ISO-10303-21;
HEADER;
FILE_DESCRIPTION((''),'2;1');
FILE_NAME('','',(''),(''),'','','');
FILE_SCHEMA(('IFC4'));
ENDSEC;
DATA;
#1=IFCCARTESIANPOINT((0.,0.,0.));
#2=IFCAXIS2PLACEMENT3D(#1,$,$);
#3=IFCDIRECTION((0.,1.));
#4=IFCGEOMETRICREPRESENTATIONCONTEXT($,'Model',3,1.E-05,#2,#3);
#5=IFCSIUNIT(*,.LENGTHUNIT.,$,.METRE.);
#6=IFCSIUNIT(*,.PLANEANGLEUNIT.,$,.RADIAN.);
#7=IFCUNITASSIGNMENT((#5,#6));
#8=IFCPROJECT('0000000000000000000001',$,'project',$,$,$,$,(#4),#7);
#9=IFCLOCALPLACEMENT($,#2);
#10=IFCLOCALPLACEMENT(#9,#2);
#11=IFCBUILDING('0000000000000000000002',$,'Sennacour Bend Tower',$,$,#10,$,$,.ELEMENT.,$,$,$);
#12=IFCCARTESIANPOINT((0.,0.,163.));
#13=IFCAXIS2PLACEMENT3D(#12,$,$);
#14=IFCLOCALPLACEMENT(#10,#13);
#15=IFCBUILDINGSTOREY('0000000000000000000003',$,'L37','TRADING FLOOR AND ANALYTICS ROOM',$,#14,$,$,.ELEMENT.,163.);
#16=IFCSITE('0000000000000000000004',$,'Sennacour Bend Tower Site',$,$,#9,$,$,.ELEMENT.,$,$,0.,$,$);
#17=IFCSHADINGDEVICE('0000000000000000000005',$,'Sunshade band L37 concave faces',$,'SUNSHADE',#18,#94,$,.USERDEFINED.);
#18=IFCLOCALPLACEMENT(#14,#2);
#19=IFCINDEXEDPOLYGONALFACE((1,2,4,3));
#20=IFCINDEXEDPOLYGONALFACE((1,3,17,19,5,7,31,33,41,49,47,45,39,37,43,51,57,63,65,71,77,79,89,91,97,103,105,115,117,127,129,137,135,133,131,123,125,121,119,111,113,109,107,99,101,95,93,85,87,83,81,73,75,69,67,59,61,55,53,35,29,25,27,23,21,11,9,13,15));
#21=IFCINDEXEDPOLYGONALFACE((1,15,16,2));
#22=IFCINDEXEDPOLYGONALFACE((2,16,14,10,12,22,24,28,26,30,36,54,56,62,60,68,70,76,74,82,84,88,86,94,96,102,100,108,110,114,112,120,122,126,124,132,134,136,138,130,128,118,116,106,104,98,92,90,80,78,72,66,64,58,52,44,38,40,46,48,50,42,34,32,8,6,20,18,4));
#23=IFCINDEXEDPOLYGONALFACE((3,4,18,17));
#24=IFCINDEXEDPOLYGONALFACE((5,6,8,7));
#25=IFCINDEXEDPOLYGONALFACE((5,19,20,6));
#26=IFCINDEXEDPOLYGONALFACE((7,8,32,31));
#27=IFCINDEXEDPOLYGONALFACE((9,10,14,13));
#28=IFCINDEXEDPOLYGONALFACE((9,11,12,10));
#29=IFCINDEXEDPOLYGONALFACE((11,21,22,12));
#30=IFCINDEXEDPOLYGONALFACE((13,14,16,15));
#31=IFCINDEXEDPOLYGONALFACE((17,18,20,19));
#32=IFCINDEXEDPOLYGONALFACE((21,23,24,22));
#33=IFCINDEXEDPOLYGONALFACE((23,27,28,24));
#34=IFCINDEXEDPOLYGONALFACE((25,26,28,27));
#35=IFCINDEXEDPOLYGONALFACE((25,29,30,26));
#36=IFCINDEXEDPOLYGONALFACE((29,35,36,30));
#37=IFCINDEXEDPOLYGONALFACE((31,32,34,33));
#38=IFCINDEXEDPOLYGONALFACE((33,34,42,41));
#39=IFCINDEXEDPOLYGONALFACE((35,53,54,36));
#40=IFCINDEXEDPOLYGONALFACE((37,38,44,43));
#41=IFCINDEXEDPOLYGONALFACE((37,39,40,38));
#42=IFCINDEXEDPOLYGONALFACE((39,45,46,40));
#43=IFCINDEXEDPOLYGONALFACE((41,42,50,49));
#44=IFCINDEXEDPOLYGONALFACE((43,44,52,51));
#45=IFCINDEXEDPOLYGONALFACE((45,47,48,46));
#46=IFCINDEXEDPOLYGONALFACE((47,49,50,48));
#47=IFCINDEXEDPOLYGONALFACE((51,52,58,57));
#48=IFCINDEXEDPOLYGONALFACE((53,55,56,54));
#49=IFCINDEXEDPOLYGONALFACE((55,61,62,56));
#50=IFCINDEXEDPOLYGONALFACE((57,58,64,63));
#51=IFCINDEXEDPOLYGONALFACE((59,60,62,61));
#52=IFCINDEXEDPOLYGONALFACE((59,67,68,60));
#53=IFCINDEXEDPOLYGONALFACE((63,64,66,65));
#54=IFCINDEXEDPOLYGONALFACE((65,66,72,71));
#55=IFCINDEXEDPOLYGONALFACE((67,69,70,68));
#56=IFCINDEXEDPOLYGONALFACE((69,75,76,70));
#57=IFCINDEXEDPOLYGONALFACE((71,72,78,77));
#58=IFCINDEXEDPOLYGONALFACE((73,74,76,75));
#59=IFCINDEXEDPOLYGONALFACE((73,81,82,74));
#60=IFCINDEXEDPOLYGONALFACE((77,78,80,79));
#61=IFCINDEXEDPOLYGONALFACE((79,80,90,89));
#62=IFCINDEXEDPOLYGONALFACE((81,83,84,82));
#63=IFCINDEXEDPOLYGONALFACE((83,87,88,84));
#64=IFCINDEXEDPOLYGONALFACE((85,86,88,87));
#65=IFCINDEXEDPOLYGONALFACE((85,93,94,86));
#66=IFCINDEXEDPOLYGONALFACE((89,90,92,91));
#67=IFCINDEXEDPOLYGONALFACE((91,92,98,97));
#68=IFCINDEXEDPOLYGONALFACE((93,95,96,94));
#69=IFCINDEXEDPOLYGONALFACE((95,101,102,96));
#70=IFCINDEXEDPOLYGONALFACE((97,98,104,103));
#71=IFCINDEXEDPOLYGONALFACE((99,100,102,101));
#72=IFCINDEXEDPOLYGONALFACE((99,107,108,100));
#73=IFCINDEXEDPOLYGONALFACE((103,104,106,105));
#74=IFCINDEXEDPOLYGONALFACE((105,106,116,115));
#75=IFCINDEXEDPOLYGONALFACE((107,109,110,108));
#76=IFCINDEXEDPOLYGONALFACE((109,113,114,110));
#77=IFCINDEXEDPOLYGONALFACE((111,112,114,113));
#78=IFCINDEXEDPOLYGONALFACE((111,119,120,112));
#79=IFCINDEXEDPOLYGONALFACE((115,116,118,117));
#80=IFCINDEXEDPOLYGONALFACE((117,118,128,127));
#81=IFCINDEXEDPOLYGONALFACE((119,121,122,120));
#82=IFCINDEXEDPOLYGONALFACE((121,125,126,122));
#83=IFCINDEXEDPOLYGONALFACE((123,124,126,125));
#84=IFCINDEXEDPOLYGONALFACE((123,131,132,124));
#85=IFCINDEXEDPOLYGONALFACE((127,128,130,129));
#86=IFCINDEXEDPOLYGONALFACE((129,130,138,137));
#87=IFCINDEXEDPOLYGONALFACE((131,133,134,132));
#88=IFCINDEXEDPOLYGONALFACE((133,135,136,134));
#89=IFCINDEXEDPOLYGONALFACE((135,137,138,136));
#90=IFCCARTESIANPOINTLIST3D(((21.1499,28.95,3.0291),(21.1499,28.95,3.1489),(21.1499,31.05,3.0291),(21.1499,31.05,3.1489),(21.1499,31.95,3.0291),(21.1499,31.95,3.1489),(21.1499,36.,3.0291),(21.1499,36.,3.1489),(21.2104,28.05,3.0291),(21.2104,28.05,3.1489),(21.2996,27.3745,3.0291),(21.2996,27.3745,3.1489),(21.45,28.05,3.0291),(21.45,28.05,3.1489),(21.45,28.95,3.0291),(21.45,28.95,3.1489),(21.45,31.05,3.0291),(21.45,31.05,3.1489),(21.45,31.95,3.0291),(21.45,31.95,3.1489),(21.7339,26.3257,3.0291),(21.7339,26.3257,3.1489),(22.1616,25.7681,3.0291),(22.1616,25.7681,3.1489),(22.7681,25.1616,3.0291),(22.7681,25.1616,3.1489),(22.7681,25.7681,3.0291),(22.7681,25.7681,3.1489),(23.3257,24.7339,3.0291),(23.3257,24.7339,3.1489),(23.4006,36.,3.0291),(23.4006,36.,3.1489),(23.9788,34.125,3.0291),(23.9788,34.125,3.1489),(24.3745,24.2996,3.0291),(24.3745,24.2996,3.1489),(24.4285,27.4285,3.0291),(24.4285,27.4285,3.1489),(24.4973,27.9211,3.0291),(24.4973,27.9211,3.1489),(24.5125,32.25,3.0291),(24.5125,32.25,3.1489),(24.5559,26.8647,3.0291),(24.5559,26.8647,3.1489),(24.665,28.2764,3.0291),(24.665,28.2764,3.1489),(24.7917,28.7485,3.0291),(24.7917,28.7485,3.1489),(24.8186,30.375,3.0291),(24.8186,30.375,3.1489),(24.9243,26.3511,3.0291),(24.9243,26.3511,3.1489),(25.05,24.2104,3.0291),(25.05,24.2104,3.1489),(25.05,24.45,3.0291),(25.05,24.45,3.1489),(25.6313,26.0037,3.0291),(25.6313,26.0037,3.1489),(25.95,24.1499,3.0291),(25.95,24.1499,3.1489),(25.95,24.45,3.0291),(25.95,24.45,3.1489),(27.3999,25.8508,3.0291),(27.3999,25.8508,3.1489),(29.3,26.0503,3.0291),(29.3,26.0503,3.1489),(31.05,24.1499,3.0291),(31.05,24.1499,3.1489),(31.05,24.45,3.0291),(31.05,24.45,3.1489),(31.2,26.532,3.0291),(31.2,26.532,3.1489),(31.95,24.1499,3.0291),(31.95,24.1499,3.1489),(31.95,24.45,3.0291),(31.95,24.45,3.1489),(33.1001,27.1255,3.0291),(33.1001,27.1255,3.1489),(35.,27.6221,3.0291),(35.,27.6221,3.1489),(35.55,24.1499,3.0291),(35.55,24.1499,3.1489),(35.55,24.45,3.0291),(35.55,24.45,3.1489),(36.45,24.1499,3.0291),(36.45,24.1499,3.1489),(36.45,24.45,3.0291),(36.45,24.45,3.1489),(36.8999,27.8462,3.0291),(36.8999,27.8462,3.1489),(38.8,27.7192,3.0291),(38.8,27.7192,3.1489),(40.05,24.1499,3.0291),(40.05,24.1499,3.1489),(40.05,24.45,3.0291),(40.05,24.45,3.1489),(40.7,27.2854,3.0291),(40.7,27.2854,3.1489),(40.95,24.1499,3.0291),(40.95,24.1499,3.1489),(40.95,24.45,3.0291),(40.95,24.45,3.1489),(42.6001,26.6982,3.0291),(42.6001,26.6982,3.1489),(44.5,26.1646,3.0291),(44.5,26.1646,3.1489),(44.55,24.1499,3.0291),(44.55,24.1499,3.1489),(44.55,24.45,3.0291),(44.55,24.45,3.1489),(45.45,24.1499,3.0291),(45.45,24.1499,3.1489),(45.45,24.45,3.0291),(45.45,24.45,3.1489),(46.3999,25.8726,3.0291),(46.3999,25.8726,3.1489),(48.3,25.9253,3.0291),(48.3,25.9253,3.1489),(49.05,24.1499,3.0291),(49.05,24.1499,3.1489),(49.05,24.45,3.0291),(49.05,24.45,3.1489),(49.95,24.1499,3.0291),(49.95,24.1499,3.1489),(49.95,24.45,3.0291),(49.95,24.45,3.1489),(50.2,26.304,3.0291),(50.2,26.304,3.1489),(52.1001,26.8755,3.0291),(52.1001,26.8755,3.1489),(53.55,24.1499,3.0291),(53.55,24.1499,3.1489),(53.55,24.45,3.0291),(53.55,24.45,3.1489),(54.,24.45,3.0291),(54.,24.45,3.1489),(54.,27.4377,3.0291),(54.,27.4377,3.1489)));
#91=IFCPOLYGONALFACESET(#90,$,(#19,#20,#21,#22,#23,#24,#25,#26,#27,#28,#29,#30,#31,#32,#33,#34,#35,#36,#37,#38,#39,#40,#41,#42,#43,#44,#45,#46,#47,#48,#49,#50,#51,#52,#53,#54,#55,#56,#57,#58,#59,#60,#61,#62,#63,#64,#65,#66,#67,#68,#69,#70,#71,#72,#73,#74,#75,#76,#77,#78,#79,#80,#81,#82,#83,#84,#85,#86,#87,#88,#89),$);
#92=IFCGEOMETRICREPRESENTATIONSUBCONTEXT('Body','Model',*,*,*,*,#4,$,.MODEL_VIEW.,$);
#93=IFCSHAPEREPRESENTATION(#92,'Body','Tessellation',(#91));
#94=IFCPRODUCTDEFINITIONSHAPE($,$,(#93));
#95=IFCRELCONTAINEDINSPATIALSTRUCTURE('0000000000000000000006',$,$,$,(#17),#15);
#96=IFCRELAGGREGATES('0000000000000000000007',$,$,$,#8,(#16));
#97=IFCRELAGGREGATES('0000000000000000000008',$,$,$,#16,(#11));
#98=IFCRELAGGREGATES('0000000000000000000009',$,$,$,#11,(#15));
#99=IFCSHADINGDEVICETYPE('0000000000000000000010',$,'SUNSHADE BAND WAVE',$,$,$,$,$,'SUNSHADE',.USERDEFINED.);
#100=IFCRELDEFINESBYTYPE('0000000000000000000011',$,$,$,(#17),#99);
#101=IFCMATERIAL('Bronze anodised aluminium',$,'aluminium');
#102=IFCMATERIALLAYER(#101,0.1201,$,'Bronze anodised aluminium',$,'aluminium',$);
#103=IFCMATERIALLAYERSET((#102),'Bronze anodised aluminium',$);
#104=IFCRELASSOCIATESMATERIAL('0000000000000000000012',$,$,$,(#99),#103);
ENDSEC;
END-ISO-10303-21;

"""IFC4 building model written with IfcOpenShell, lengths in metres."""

from ifc_helpers import new_model, si_unit, direction, frame, origin, place, context, subcontext, project, spatial, polyline, outline, extrude, material, layer, layer_set, type_object, element, save


model = new_model("IFC4")

# Units and contexts
model_context = context("Model", 3, precision=1e-05, world=origin(), true_north=direction((0.0, 1.0)))
body_context = subcontext(model_context, "Body", "Model", "MODEL_VIEW")
ifc_project = project(units=[si_unit("LENGTHUNIT", "METRE"), si_unit("PLANEANGLEUNIT", "RADIAN")], contexts=[model_context])

# Site, building, storey
site_placement = place(None, origin())
site = spatial("IfcSite", under=ifc_project, at=site_placement, Name="Sennacour Bend Tower Site", CompositionType="ELEMENT", RefElevation=0.0)
building_placement = place(site_placement, origin())
building = spatial("IfcBuilding", under=site, at=building_placement, Name="Sennacour Bend Tower", CompositionType="ELEMENT")
storey_placement = place(building_placement, frame((0.0, 0.0, 163.0)))
storey = spatial("IfcBuildingStorey", under=building, at=storey_placement, Name="L37", Description="TRADING FLOOR AND ANALYTICS ROOM", CompositionType="ELEMENT", Elevation=163.0)

# Shading device
ifc_material_1 = material(Name="Bronze anodised aluminium", Category="aluminium")
ifc_layer_1 = layer(ifc_material_1, 0.1201, Name="Bronze anodised aluminium", Category="aluminium")
ifc_layer_set_1 = layer_set([ifc_layer_1], Name="Bronze anodised aluminium")
shading_device_type_1 = type_object("IfcShadingDeviceType", Name="SUNSHADE BAND WAVE", ElementType="SUNSHADE", PredefinedType="USERDEFINED", material=ifc_layer_set_1)
shading_device_1_placement = place(storey_placement, frame((0.0, 0.0, 3.0291)))
element("IfcShadingDevice", 1, at=shading_device_1_placement, inside=storey, type_object=shading_device_type_1, Name="Sunshade band L37 concave faces", ObjectType="SUNSHADE", PredefinedType="USERDEFINED", context=body_context, shape_type="SweptSolid", body=[
    extrude(outline(polyline([(53.55, 24.1499), (49.95, 24.1499), (49.95, 24.45), (49.05, 24.45), (49.05, 24.1499), (45.45, 24.1499), (45.45, 24.45), (44.55, 24.45), (44.55, 24.1499), (40.95, 24.1499), (40.95, 24.45), (40.05, 24.45), (40.05, 24.1499), (36.45, 24.1499), (36.45, 24.45), (35.55, 24.45), (35.55, 24.1499), (31.95, 24.1499), (31.95, 24.45), (31.05, 24.45), (31.05, 24.1499), (25.95, 24.1499), (25.95, 24.45), (25.05, 24.45), (25.05, 24.2104), (24.3745, 24.2996), (23.3257, 24.7339), (22.7681, 25.1616), (22.7681, 25.7681), (22.1616, 25.7681), (21.7339, 26.3257), (21.2996, 27.3745), (21.2104, 28.05), (21.45, 28.05), (21.45, 28.95), (21.1499, 28.95), (21.1499, 31.05), (21.45, 31.05), (21.45, 31.95), (21.1499, 31.95), (21.1499, 36.0), (23.4006, 36.0), (23.9788, 34.125), (24.5125, 32.25), (24.8186, 30.375), (24.7917, 28.7485), (24.665, 28.2764), (24.4973, 27.9211), (24.4285, 27.4285), (24.5559, 26.8647), (24.9243, 26.3511), (25.6313, 26.0037), (27.3999, 25.8508), (29.3, 26.0503), (31.2, 26.532), (33.1001, 27.1255), (35.0, 27.6221), (36.8999, 27.8462), (38.8, 27.7192), (40.7, 27.2854), (42.6001, 26.6982), (44.5, 26.1646), (46.3999, 25.8726), (48.3, 25.9253), (50.2, 26.304), (52.1001, 26.8755), (54.0, 27.4377), (54.0, 24.45), (53.55, 24.45), (53.55, 24.1499)])), origin(), (0.0, 0.0, 1.0), 0.1199),
])

save(model, "model.ifc")
